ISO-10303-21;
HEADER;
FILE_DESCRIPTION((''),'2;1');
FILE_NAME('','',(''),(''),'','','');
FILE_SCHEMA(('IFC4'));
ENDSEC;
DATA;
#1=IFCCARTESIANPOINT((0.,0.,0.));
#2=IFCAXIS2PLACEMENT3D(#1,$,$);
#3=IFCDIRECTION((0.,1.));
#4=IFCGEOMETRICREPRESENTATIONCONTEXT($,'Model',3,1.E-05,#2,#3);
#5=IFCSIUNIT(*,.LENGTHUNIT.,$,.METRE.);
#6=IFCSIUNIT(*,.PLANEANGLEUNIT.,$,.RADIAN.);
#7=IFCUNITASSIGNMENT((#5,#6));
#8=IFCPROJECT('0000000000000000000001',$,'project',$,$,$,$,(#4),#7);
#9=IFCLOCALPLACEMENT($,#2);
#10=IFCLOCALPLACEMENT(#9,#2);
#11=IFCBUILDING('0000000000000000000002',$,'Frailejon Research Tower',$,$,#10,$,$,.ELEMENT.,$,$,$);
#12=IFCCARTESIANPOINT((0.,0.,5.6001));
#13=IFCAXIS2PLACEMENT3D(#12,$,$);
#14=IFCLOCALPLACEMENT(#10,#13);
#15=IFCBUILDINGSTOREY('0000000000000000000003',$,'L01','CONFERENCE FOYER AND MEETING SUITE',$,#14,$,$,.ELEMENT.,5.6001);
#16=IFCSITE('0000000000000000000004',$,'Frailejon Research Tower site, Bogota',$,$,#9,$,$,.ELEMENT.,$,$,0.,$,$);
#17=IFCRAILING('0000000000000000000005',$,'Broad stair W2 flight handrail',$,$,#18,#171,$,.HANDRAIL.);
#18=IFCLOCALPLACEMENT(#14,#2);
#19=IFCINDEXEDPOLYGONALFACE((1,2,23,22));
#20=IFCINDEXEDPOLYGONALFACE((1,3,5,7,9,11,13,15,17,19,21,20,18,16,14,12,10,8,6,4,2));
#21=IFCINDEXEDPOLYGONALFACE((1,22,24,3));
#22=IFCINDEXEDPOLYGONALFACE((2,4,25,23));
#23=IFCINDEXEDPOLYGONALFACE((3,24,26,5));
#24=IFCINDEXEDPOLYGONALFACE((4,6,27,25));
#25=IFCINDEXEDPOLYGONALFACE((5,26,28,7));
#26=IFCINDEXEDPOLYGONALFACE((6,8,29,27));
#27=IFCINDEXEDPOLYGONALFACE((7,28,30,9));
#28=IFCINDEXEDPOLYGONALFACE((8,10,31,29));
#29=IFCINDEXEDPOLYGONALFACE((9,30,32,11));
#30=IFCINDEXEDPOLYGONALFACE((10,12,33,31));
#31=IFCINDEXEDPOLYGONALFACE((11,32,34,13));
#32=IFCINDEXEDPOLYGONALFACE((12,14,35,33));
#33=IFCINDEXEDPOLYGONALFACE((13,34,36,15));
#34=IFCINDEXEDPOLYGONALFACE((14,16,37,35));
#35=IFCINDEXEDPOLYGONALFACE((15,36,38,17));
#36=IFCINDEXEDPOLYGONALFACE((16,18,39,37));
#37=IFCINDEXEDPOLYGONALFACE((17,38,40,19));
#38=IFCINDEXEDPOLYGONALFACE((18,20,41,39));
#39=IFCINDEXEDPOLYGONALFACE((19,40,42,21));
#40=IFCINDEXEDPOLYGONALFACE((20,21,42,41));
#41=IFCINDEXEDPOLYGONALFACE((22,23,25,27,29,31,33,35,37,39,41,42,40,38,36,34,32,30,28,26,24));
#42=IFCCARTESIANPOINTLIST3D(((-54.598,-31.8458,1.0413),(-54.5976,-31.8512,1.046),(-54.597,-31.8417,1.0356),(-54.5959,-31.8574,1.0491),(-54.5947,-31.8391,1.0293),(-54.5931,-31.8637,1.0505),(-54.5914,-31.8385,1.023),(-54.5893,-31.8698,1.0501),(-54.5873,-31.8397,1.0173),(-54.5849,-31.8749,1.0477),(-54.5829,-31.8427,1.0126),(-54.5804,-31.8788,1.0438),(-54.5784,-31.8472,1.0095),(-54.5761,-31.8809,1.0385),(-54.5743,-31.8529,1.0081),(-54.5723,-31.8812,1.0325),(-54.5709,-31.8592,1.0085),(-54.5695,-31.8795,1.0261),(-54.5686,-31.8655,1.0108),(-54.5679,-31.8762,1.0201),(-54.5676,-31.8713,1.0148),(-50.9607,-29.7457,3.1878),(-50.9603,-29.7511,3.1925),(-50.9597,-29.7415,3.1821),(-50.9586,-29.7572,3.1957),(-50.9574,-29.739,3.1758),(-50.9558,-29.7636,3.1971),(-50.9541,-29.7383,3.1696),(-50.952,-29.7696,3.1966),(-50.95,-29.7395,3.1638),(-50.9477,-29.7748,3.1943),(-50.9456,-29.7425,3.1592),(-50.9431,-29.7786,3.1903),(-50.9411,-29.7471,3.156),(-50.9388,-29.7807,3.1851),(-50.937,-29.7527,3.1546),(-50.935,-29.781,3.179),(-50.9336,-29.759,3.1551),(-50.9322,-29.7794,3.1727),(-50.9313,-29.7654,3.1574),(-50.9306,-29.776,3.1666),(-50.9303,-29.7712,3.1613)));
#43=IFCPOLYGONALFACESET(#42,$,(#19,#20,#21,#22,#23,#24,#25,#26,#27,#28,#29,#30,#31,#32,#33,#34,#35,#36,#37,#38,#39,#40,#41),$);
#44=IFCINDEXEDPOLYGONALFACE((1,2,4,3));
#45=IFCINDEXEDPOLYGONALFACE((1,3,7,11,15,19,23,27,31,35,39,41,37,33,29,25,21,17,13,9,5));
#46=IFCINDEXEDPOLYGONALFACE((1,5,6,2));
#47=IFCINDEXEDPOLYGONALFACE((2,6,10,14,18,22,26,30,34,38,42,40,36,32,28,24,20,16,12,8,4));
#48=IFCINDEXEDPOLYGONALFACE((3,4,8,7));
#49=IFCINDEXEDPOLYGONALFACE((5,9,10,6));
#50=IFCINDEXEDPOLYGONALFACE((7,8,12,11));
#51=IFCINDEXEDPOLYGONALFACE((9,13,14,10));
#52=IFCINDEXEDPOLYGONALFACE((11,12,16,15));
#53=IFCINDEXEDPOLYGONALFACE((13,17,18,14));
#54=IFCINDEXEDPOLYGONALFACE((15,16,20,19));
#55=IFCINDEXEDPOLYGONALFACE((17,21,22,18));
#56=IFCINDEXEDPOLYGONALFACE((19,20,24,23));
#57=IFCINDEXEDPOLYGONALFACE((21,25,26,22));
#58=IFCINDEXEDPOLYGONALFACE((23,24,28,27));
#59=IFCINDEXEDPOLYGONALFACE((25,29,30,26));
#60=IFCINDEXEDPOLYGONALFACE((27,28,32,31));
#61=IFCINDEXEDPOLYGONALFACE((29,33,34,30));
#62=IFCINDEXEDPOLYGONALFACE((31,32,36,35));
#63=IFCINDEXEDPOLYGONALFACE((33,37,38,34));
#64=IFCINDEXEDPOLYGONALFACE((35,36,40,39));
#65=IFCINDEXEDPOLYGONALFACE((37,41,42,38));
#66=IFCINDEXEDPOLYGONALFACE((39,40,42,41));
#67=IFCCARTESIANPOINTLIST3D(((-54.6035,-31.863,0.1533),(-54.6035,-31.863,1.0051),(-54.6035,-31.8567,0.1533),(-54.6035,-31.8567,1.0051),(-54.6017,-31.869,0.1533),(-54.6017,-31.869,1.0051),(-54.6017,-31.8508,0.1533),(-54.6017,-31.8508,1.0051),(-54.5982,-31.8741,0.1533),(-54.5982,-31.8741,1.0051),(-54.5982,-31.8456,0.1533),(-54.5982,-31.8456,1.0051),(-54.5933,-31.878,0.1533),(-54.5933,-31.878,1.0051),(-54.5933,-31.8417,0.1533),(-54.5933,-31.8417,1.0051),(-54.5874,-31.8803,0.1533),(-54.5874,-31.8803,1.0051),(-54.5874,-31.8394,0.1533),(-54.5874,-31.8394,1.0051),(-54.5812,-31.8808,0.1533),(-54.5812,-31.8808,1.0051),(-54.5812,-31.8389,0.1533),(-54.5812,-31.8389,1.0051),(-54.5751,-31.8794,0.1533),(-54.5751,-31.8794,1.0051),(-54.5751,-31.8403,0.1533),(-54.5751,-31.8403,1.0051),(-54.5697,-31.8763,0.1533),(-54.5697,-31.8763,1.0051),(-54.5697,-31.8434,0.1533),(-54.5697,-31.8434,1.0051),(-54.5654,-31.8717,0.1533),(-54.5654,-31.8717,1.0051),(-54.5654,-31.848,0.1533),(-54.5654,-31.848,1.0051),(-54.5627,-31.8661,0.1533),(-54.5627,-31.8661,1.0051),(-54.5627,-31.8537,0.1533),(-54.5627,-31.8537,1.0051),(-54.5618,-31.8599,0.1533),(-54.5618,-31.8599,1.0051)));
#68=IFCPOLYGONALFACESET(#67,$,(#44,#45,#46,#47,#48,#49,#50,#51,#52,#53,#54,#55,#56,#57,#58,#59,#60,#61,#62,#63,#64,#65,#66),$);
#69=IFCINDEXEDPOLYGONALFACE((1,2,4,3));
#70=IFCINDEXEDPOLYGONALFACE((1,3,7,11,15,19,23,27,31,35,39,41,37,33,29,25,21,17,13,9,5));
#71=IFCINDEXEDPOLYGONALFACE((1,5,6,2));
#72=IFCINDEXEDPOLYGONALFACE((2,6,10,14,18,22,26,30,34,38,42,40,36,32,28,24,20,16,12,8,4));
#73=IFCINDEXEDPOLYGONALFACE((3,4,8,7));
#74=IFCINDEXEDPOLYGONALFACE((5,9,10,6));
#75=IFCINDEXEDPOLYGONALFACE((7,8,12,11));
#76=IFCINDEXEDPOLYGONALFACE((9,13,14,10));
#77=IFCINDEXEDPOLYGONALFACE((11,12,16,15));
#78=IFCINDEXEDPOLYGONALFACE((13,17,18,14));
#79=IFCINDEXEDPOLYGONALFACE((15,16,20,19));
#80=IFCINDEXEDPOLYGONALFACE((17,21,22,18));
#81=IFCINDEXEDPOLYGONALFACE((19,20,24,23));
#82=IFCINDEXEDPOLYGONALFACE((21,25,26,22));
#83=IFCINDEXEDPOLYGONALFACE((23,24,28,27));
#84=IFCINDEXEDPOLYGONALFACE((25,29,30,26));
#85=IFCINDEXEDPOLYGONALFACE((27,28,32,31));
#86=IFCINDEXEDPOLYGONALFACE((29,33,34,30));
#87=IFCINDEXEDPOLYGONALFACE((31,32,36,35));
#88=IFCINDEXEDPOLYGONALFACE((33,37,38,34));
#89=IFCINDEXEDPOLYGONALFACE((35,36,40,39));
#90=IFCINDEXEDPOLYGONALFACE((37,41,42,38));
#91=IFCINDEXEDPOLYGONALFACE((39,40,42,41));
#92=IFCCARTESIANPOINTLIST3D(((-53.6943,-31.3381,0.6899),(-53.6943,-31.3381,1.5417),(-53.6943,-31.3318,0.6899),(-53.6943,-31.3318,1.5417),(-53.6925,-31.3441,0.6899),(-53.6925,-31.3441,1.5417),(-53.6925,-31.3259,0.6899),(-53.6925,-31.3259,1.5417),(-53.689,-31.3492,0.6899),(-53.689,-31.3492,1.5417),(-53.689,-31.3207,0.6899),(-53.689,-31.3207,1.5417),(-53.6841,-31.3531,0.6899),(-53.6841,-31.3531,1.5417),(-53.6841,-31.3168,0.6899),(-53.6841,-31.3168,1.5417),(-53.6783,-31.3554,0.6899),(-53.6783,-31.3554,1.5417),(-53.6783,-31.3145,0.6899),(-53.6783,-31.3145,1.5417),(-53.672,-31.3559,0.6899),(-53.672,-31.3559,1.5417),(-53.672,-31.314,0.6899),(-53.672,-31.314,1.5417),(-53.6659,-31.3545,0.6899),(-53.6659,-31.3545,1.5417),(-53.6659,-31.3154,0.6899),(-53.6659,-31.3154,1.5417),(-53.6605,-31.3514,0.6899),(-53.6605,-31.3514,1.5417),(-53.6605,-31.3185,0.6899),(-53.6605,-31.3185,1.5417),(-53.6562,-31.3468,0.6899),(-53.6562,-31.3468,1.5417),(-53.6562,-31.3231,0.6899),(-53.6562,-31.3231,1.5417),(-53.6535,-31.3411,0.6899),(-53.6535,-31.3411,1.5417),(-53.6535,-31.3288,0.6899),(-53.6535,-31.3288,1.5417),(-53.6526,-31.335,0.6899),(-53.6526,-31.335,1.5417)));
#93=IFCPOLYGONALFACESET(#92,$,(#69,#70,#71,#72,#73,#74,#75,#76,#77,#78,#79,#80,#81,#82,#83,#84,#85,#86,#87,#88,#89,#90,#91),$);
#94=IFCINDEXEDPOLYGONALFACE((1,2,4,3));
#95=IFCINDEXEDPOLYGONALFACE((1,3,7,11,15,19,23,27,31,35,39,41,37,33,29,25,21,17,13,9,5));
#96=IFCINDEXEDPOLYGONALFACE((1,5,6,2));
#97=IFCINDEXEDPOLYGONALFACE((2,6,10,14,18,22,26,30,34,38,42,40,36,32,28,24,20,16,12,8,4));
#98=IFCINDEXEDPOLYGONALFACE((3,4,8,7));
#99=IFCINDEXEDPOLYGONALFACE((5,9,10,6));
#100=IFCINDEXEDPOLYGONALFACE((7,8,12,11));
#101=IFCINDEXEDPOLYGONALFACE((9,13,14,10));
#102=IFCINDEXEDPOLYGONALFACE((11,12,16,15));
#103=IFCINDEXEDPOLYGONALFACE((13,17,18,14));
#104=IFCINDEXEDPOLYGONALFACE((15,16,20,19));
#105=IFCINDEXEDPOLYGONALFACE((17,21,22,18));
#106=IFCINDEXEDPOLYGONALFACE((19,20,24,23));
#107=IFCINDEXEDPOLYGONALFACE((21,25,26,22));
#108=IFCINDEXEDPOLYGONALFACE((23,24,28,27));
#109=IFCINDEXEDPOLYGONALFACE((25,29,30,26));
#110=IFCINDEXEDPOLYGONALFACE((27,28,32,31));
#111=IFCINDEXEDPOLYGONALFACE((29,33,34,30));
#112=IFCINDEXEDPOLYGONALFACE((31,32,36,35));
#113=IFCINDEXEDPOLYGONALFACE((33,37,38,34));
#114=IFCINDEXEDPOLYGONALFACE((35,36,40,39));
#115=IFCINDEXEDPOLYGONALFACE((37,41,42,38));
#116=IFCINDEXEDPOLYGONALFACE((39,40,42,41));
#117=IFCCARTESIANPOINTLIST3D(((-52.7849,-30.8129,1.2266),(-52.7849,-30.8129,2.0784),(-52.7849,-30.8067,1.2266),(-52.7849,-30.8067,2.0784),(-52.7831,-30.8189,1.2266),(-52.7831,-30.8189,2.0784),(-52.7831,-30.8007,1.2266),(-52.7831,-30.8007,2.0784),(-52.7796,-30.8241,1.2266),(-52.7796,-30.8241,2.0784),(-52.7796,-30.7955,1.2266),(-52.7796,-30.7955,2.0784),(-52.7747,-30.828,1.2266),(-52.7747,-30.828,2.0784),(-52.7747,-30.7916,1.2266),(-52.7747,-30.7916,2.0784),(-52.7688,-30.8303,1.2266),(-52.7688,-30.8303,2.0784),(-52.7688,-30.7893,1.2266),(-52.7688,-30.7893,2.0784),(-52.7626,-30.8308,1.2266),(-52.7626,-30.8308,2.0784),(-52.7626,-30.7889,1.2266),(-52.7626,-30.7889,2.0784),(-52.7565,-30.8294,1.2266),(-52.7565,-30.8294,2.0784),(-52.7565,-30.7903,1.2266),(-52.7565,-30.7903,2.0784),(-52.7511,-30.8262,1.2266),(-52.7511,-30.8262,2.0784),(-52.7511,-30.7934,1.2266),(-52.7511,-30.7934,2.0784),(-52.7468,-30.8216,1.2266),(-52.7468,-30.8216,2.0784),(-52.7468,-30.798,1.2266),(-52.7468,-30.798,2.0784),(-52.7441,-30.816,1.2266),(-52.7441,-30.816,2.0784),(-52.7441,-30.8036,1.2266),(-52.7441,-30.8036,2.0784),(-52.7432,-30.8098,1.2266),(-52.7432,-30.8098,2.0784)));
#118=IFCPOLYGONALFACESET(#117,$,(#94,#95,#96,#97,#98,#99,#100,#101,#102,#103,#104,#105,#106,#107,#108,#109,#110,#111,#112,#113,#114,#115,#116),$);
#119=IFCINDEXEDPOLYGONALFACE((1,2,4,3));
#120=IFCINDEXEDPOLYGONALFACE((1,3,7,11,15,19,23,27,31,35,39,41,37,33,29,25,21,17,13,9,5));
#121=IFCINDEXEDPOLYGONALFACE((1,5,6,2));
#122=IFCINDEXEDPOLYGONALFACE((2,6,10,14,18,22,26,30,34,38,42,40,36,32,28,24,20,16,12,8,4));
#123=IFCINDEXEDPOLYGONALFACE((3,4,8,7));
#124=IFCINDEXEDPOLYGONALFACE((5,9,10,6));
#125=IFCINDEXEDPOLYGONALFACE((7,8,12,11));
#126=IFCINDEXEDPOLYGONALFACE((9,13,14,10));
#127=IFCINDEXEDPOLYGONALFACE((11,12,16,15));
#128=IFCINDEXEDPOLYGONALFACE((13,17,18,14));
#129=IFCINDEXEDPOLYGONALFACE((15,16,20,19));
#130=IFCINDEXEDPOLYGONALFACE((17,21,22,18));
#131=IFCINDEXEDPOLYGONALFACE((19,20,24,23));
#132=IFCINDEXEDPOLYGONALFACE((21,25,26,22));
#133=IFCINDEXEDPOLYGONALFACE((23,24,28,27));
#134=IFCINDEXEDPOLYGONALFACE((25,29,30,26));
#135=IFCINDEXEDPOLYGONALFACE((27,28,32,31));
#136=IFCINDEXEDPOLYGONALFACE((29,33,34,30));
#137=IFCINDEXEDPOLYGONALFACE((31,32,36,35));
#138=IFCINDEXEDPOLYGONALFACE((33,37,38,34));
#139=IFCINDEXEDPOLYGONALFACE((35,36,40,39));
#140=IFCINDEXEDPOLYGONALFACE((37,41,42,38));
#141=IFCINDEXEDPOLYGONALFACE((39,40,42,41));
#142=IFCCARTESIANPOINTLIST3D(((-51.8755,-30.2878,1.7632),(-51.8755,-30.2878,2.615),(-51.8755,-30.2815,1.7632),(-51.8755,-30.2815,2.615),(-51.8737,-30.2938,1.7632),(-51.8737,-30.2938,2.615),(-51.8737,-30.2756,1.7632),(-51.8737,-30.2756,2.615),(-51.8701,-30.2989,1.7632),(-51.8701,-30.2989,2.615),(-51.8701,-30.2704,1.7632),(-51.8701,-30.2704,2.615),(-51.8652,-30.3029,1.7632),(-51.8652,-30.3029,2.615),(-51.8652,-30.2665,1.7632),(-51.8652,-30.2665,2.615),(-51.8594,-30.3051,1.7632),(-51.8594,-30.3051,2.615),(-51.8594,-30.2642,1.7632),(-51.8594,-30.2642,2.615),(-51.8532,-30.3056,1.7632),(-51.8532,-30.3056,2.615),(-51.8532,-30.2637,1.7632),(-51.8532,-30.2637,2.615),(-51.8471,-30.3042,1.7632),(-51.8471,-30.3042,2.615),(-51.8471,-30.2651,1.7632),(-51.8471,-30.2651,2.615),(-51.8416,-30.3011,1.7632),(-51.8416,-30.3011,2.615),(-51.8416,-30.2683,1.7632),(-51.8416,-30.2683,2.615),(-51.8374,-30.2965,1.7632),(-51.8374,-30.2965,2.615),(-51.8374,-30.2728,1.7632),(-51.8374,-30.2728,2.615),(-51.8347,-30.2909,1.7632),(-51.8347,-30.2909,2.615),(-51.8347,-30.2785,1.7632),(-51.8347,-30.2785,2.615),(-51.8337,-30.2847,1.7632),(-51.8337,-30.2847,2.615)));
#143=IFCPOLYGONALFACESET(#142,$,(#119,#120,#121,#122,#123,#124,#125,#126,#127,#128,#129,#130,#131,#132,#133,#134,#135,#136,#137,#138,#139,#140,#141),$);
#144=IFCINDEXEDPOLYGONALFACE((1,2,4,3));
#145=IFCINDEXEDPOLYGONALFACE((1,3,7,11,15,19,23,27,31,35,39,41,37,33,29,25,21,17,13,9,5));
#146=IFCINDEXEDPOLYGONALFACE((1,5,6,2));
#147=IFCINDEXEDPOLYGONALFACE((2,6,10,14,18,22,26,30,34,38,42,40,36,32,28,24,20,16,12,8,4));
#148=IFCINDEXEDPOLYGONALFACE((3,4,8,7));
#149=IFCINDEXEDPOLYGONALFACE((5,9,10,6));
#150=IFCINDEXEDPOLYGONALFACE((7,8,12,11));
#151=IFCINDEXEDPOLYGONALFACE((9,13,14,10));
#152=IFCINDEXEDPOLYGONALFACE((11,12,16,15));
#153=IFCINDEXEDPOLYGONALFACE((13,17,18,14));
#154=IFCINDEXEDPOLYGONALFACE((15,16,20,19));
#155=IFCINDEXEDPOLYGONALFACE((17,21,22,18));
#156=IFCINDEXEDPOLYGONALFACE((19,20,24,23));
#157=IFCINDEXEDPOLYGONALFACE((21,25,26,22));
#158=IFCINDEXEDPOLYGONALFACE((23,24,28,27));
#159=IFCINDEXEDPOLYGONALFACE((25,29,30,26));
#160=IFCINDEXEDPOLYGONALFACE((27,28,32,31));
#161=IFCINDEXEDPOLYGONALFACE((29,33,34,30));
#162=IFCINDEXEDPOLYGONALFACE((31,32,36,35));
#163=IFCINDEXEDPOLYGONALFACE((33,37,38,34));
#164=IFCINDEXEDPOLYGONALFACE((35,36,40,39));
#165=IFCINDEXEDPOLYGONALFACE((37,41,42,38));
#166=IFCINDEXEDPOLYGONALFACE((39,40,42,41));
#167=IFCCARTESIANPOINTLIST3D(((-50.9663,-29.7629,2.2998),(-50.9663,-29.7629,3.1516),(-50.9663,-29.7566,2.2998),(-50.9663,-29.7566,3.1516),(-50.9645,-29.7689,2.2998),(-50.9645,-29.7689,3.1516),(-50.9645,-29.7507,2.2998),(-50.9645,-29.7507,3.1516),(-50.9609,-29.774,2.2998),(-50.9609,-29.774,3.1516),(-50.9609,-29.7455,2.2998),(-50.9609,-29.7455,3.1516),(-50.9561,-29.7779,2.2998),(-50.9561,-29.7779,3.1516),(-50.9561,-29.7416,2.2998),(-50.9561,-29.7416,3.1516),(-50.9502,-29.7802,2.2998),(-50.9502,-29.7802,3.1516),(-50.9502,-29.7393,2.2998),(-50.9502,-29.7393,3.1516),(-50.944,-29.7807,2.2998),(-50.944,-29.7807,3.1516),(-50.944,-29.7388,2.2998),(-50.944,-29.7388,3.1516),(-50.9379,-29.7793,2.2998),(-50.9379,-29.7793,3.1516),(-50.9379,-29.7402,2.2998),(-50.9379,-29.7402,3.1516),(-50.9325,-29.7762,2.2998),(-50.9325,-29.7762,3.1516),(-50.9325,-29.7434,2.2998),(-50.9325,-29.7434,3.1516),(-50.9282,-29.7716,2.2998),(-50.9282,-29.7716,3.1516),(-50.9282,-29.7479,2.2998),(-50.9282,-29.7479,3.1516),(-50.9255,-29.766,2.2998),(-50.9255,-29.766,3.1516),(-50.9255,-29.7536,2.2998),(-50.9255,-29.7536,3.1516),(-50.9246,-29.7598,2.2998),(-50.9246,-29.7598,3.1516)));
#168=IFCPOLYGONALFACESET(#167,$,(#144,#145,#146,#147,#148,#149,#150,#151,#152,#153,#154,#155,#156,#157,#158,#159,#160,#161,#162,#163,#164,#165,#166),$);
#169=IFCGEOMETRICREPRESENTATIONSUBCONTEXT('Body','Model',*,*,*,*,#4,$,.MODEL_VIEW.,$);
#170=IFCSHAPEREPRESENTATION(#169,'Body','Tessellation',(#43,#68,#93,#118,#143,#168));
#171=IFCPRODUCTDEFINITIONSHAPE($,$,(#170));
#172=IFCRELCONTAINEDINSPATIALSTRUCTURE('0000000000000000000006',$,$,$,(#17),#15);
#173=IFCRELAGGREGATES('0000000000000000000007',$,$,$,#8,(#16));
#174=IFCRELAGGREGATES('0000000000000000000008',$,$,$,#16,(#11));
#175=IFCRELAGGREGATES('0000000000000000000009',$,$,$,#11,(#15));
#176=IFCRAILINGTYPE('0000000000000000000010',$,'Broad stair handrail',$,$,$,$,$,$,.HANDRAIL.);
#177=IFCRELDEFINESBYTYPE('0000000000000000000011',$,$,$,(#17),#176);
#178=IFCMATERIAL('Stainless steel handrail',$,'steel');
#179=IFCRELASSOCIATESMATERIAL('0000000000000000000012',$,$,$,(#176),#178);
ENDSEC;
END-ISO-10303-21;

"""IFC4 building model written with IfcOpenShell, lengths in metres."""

from ifc_helpers import new_model, si_unit, direction, frame, origin, origin_2d, place, context, subcontext, project, spatial, circle, extrude, material, type_object, element, save


model = new_model("IFC4")

# Units and contexts
model_context = context("Model", 3, precision=1e-05, world=origin(), true_north=direction((0.0, 1.0)))
body_context = subcontext(model_context, "Body", "Model", "MODEL_VIEW")
ifc_project = project(units=[si_unit("LENGTHUNIT", "METRE"), si_unit("PLANEANGLEUNIT", "RADIAN")], contexts=[model_context])

# Site, building, storey
site_placement = place(None, origin())
site = spatial("IfcSite", under=ifc_project, at=site_placement, Name="Frailejon Research Tower site, Bogota", CompositionType="ELEMENT", RefElevation=0.0)
building_placement = place(site_placement, origin())
building = spatial("IfcBuilding", under=site, at=building_placement, Name="Frailejon Research Tower", CompositionType="ELEMENT")
storey_placement = place(building_placement, frame((0.0, 0.0, 5.6001)))
storey = spatial("IfcBuildingStorey", under=building, at=storey_placement, Name="L01", Description="CONFERENCE FOYER AND MEETING SUITE", CompositionType="ELEMENT", Elevation=5.6001)

# Railing
ifc_material_1 = material(Name="Stainless steel handrail", Category="steel")
railing_type_1 = type_object("IfcRailingType", Name="Broad stair handrail", PredefinedType="HANDRAIL", material=ifc_material_1)
railing_1_placement = place(storey_placement, frame((-54.5828, -31.8599, 0.1533)))
element("IfcRailing", 1, at=railing_1_placement, inside=storey, type_object=railing_type_1, Name="Broad stair W2 flight handrail", PredefinedType="HANDRAIL", context=body_context, shape_type="SweptSolid", body=[
    extrude(circle(Radius=0.0239, at=origin_2d()), frame((0.0, 0.0, 0.876), z_axis=(0.771137, 0.445249, 0.455084), x_axis=(-0.500028, 0.866009, 0.0)), (0.0, 0.0, 1.0), 4.7168),
    extrude(circle(Radius=0.021, at=origin_2d()), origin(), (0.0, 0.0, 1.0), 0.8518),
    extrude(circle(Radius=0.021, at=origin_2d()), frame((0.9092, 0.5249, 0.5366)), (0.0, 0.0, 1.0), 0.8518),
    extrude(circle(Radius=0.021, at=origin_2d()), frame((1.8186, 1.05, 1.0732)), (0.0, 0.0, 1.0), 0.8518),
    extrude(circle(Radius=0.021, at=origin_2d()), frame((2.728, 1.5752, 1.6099)), (0.0, 0.0, 1.0), 0.8518),
    extrude(circle(Radius=0.021, at=origin_2d()), frame((3.6372, 2.1001, 2.1465)), (0.0, 0.0, 1.0), 0.8518),
])

save(model, "model.ifc")
